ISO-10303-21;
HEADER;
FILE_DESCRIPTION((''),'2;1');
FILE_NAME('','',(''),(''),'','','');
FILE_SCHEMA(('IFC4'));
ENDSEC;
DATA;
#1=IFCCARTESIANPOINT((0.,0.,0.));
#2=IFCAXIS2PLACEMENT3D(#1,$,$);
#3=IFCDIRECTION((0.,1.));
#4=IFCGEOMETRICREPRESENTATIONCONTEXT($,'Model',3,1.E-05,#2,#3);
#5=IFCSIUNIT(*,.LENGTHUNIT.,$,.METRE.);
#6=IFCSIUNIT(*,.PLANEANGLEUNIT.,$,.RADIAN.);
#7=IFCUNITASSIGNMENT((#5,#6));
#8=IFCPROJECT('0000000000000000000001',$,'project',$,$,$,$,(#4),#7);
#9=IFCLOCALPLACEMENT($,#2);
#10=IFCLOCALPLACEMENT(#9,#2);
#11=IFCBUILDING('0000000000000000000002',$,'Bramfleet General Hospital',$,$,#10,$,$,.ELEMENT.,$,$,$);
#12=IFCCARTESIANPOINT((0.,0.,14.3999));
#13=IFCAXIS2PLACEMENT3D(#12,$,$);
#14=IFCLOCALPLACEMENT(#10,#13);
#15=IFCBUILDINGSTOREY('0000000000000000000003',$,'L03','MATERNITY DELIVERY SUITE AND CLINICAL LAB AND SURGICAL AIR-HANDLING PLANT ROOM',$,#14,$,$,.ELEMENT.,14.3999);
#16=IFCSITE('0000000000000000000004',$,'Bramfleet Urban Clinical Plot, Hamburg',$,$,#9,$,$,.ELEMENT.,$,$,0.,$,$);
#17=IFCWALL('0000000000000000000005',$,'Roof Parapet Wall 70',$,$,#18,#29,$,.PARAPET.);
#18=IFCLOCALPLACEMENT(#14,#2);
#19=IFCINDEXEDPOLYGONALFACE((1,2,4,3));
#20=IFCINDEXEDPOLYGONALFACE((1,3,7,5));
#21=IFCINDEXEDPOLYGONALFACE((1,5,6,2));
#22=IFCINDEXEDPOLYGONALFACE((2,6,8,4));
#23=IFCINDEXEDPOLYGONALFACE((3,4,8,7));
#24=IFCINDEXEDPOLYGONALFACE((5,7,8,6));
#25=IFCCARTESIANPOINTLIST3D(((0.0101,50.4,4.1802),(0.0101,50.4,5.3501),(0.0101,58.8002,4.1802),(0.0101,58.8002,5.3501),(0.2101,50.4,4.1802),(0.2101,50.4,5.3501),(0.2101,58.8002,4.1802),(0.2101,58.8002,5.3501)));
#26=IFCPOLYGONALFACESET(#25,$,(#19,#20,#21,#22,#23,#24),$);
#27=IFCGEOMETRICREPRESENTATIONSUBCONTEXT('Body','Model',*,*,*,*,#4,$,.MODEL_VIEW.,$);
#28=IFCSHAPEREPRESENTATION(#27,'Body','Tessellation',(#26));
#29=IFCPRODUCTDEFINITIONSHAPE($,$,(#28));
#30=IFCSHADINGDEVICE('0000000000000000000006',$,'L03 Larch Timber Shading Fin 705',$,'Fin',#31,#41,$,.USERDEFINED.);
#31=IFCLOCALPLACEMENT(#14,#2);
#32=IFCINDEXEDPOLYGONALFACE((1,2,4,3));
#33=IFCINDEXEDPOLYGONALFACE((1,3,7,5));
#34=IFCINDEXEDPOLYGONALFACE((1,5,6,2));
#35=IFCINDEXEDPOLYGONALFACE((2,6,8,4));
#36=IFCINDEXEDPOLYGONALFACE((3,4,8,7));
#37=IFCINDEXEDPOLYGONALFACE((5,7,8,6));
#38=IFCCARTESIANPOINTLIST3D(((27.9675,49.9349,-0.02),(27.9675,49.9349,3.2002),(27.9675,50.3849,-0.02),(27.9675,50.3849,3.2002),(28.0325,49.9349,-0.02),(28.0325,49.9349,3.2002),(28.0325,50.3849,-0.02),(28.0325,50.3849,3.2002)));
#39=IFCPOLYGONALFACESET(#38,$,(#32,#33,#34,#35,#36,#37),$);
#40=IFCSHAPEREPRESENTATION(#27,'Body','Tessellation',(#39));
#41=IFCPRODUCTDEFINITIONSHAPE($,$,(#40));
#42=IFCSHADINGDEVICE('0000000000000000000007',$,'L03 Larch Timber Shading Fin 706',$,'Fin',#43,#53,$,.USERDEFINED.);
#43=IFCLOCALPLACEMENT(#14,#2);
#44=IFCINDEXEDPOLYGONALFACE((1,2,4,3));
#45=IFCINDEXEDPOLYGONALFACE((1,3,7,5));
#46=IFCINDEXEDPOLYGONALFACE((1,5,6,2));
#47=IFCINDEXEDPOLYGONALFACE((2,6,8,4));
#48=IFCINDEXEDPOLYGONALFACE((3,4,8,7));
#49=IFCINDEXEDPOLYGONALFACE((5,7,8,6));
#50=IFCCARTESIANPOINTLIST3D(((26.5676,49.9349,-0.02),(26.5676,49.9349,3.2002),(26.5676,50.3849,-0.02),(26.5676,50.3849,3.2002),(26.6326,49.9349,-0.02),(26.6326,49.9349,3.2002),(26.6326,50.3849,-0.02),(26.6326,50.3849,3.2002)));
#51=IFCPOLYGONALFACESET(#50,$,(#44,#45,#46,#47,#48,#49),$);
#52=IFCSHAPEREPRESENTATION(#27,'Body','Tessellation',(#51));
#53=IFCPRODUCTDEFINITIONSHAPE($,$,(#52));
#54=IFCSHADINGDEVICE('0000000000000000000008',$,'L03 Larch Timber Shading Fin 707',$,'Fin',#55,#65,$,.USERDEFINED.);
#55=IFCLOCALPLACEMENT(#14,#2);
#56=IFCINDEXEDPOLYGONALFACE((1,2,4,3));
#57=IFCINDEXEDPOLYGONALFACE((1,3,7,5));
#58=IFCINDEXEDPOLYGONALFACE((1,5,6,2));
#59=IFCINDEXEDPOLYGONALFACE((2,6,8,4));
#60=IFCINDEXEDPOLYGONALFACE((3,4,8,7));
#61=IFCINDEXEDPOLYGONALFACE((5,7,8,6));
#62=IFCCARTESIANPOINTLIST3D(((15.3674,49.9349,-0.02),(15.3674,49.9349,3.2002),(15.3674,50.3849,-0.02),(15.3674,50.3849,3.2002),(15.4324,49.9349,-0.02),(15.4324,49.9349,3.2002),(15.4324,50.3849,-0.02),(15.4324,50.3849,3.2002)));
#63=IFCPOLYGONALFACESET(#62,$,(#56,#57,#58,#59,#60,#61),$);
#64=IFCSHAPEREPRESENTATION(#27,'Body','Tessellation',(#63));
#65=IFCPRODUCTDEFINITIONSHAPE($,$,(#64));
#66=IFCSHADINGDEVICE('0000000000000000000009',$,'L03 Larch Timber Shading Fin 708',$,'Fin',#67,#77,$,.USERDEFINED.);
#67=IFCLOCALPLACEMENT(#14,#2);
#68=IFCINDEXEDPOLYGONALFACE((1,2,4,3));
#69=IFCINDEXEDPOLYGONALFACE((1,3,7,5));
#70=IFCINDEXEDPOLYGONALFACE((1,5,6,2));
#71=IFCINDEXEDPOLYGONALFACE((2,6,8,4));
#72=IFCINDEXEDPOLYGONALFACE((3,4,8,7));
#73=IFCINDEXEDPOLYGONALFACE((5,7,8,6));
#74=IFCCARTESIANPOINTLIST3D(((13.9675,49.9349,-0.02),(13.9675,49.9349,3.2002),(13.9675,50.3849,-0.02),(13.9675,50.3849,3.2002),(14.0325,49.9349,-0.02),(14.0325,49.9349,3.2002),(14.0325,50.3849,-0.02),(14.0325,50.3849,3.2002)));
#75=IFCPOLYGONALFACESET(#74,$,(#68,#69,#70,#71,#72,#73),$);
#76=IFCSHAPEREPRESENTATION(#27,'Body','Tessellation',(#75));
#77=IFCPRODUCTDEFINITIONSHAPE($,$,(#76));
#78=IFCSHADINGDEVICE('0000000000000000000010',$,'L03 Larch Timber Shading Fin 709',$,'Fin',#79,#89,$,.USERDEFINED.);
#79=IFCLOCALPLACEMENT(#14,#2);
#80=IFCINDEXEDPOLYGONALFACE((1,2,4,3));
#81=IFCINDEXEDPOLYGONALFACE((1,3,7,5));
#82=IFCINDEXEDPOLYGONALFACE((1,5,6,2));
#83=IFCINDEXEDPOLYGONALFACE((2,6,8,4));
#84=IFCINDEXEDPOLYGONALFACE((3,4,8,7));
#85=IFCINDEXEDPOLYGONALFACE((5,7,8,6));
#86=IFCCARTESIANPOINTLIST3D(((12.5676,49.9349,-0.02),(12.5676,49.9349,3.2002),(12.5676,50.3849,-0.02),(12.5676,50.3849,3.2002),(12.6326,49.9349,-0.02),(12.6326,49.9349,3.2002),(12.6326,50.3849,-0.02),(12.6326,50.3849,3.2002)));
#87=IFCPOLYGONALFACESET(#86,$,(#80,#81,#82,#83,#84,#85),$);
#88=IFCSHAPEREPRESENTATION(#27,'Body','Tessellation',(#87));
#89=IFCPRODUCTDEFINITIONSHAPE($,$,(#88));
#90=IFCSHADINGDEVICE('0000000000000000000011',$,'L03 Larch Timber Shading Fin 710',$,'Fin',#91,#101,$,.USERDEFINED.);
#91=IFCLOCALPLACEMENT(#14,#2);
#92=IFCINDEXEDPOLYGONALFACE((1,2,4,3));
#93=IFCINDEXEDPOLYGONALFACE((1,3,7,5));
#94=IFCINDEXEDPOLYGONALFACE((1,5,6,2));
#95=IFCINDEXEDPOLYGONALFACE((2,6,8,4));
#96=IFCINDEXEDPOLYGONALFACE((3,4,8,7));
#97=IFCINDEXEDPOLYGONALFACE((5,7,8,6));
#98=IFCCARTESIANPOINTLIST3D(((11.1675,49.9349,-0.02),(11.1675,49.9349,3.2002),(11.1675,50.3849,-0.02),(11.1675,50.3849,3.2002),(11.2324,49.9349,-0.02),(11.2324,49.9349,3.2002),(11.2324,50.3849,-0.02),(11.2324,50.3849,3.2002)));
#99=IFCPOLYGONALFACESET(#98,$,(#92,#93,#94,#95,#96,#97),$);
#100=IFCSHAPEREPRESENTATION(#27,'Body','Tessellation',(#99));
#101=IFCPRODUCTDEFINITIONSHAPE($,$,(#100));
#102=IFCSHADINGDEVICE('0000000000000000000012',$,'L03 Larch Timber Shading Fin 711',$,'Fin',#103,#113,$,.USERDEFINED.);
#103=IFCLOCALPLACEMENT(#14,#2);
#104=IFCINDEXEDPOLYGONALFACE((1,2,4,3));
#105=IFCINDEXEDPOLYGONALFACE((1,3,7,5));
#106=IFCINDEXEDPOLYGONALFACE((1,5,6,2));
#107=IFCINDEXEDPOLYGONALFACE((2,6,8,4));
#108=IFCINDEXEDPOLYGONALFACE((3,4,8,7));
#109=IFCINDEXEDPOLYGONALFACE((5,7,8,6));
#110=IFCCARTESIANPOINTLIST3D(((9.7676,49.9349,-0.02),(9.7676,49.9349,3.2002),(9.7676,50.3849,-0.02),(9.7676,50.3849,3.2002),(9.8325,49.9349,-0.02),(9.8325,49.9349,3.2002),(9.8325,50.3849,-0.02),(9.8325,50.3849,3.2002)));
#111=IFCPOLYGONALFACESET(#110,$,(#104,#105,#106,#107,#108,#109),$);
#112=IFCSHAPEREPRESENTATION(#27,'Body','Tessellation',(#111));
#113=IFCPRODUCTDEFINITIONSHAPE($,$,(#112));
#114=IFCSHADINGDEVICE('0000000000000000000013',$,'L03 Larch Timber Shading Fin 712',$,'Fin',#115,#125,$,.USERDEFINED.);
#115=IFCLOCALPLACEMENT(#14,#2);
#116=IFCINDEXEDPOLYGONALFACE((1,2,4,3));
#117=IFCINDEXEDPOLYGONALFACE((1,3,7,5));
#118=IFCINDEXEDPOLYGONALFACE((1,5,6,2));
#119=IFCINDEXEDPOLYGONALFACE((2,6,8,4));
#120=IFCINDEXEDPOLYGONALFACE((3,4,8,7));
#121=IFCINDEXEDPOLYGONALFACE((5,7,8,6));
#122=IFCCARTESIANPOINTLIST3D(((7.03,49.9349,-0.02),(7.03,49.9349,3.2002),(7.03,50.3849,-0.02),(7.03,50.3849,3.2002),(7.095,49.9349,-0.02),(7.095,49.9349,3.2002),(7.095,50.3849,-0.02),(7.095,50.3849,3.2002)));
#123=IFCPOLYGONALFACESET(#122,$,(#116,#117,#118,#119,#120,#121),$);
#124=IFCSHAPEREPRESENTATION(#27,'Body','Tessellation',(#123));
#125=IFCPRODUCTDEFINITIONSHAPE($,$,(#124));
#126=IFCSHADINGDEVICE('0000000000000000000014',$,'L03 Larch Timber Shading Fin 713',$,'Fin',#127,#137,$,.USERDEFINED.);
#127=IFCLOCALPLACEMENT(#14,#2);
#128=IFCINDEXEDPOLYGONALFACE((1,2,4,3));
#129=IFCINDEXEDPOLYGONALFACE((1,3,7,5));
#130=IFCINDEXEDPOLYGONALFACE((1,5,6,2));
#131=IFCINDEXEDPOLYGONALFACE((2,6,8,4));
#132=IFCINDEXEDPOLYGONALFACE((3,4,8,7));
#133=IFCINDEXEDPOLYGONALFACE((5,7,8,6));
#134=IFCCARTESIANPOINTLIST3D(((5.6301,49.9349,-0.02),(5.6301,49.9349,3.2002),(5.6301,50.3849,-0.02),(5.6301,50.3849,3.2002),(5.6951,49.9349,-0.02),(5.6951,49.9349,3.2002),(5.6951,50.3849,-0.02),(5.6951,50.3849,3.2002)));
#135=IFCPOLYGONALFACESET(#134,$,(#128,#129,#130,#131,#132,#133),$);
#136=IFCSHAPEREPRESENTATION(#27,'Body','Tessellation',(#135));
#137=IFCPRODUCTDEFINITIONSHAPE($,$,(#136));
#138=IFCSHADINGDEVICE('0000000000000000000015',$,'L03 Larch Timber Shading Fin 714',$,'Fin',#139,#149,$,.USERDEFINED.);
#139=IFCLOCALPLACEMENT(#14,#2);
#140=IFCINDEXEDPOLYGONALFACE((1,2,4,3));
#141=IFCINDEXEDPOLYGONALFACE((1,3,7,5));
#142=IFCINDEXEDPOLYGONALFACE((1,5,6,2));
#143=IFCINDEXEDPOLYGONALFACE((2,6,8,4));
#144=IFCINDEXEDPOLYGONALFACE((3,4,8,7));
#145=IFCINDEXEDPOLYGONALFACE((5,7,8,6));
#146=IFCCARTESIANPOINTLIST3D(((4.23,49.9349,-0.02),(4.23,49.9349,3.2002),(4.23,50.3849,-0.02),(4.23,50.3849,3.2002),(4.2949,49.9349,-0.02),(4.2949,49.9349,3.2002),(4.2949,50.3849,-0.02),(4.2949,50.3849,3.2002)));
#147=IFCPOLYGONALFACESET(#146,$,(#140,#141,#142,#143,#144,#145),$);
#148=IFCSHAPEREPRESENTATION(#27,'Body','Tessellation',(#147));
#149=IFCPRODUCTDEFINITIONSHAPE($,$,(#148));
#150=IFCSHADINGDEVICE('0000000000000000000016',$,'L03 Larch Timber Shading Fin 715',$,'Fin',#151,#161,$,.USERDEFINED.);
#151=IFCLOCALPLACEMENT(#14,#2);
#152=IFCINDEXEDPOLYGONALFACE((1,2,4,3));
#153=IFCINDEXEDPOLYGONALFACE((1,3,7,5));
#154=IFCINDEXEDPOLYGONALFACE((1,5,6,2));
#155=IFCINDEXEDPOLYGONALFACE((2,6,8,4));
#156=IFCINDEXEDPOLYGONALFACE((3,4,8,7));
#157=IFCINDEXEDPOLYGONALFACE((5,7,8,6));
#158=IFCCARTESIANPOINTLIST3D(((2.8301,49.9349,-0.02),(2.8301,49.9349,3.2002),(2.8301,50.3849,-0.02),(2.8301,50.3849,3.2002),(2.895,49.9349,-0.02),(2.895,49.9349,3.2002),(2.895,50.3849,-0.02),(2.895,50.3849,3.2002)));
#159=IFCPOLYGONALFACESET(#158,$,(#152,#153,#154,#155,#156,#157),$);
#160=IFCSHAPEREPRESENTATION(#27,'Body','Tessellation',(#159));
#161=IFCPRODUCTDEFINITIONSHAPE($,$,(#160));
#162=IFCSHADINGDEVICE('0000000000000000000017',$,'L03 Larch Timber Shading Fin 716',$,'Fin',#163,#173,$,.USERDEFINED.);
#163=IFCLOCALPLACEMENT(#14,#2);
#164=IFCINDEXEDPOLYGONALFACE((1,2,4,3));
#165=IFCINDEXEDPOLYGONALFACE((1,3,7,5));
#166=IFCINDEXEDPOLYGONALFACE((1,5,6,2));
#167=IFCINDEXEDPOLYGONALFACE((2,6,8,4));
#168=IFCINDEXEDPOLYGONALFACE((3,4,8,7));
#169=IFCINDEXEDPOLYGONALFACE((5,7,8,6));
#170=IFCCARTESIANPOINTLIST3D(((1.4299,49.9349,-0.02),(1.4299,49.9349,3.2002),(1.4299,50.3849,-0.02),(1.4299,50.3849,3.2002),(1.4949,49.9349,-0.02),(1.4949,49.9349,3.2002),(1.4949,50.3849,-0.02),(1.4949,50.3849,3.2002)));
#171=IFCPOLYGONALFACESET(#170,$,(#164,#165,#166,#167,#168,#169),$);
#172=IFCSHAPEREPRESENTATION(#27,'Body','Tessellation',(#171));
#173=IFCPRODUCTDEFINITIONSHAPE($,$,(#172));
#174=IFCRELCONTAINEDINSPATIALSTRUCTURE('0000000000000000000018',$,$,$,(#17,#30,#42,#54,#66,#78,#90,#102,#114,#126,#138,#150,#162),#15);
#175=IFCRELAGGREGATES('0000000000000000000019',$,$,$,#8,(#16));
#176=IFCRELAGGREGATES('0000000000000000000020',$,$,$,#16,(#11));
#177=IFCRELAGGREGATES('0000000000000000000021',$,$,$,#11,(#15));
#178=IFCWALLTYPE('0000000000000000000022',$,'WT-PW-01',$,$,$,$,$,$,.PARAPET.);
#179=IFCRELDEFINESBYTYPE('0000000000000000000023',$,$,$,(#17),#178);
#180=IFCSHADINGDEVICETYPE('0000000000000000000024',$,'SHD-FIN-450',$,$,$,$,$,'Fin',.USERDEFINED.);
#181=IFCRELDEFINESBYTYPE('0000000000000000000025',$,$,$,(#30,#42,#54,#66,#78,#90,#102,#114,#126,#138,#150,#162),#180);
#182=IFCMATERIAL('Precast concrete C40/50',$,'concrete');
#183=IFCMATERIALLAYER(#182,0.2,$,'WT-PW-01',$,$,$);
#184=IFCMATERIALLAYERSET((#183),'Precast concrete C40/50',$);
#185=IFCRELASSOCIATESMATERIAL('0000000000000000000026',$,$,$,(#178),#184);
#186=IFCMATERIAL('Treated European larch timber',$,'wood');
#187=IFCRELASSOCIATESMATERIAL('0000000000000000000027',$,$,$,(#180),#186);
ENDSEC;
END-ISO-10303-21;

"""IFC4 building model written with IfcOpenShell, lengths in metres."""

from ifc_helpers import new_model, si_unit, direction, frame, frame_2d, origin, origin_2d, place, context, subcontext, project, spatial, rectangle, extrude, material, layer, layer_set, material_profile, profile_set, type_object, element, save


model = new_model("IFC4")

# Units and contexts
model_context = context("Model", 3, precision=1e-05, world=origin(), true_north=direction((0.0, 1.0)))
body_context = subcontext(model_context, "Body", "Model", "MODEL_VIEW")
ifc_project = project(units=[si_unit("LENGTHUNIT", "METRE"), si_unit("PLANEANGLEUNIT", "RADIAN")], contexts=[model_context])

# Site, building, storey
site_placement = place(None, origin())
site = spatial("IfcSite", under=ifc_project, at=site_placement, Name="Bramfleet Urban Clinical Plot, Hamburg", CompositionType="ELEMENT", RefElevation=0.0)
building_placement = place(site_placement, origin())
building = spatial("IfcBuilding", under=site, at=building_placement, Name="Bramfleet General Hospital", CompositionType="ELEMENT")
storey_placement = place(building_placement, frame((0.0, 0.0, 14.3999)))
storey = spatial("IfcBuildingStorey", under=building, at=storey_placement, Name="L03", Description="MATERNITY DELIVERY SUITE AND CLINICAL LAB AND SURGICAL AIR-HANDLING PLANT ROOM", CompositionType="ELEMENT", Elevation=14.3999)

# Wall
ifc_material_1 = material(Name="Precast concrete C40/50", Category="concrete")
ifc_layer_1 = layer(ifc_material_1, 0.2, Name="WT-PW-01")
ifc_layer_set_1 = layer_set([ifc_layer_1], Name="Precast concrete C40/50")
wall_type = type_object("IfcWallType", Name="WT-PW-01", PredefinedType="PARAPET", material=ifc_layer_set_1)
wall_placement = place(storey_placement, frame((0.1101, 50.3999, 4.1802), z_axis=(0.0, 0.0, 1.0), x_axis=(0.0, 1.0, 0.0)))
element("IfcWall", 1, at=wall_placement, inside=storey, type_object=wall_type, Name="Roof Parapet Wall 70", PredefinedType="PARAPET", context=body_context, shape_type="SweptSolid", body=[
    extrude(rectangle(XDim=8.4001, YDim=0.2, at=frame_2d((4.2002, 0.0))), origin(), (0.0, 0.0, 1.0), 1.1699),
])

# Shading devices
ifc_material_2 = material(Name="Treated European larch timber", Category="wood")
ifc_material_profile_1 = material_profile(ifc_material_2, rectangle(XDim=0.0649, YDim=0.45, at=origin_2d()), Name="LARCH FIN 450x65")
ifc_profile_set_1 = profile_set([ifc_material_profile_1], Name="Treated European larch timber")
shading_device_type = type_object("IfcShadingDeviceType", Name="SHD-FIN-450", ElementType="Fin", PredefinedType="USERDEFINED", material=ifc_profile_set_1)
for number, where, z_axis, x_axis, name in (
    (2, (28.0, 50.1599, -0.02), (0.0, 0.0, 1.0), (-1.0, 0.0, 0.0), "L03 Larch Timber Shading Fin 705"),
    (3, (26.6001, 50.1599, -0.02), (0.0, 0.0, 1.0), (-1.0, 0.0, 0.0), "L03 Larch Timber Shading Fin 706"),
    (4, (15.3999, 50.1599, -0.02), (0.0, 0.0, 1.0), (-1.0, 0.0, 0.0), "L03 Larch Timber Shading Fin 707"),
    (5, (14.0, 50.1599, -0.02), (0.0, 0.0, 1.0), (-1.0, 0.0, 0.0), "L03 Larch Timber Shading Fin 708"),
    (6, (12.6001, 50.1599, -0.02), (0.0, 0.0, 1.0), (-1.0, 0.0, 0.0), "L03 Larch Timber Shading Fin 709"),
    (7, (11.2, 50.1599, -0.02), (0.0, 0.0, 1.0), (-1.0, 0.0, 0.0), "L03 Larch Timber Shading Fin 710"),
    (8, (9.8, 50.1599, -0.02), (0.0, 0.0, 1.0), (-1.0, 0.0, 0.0), "L03 Larch Timber Shading Fin 711"),
    (9, (7.0625, 50.1599, -0.02), (0.0, 0.0, 1.0), (-1.0, 0.0, 0.0), "L03 Larch Timber Shading Fin 712"),
    (10, (5.6626, 50.1599, -0.02), (0.0, 0.0, 1.0), (-1.0, 0.0, 0.0), "L03 Larch Timber Shading Fin 713"),
    (11, (4.2625, 50.1599, -0.02), (0.0, 0.0, 1.0), (-1.0, 0.0, 0.0), "L03 Larch Timber Shading Fin 714"),
    (12, (2.8625, 50.1599, -0.02), (0.0, 0.0, 1.0), (-1.0, 0.0, 0.0), "L03 Larch Timber Shading Fin 715"),
    (13, (1.4624, 50.1599, -0.02), (0.0, 0.0, 1.0), (-1.0, 0.0, 0.0), "L03 Larch Timber Shading Fin 716"),
):
    element("IfcShadingDevice", number, at=place(storey_placement, frame(where, z_axis=z_axis, x_axis=x_axis)), inside=storey, type_object=shading_device_type, Name=name, ObjectType="Fin", PredefinedType="USERDEFINED", context=body_context, shape_type="SweptSolid", body=[
        extrude(rectangle(XDim=0.0649, YDim=0.45, at=origin_2d()), origin(), (0.0, 0.0, 1.0), 3.2202),
    ])

save(model, "model.ifc")
